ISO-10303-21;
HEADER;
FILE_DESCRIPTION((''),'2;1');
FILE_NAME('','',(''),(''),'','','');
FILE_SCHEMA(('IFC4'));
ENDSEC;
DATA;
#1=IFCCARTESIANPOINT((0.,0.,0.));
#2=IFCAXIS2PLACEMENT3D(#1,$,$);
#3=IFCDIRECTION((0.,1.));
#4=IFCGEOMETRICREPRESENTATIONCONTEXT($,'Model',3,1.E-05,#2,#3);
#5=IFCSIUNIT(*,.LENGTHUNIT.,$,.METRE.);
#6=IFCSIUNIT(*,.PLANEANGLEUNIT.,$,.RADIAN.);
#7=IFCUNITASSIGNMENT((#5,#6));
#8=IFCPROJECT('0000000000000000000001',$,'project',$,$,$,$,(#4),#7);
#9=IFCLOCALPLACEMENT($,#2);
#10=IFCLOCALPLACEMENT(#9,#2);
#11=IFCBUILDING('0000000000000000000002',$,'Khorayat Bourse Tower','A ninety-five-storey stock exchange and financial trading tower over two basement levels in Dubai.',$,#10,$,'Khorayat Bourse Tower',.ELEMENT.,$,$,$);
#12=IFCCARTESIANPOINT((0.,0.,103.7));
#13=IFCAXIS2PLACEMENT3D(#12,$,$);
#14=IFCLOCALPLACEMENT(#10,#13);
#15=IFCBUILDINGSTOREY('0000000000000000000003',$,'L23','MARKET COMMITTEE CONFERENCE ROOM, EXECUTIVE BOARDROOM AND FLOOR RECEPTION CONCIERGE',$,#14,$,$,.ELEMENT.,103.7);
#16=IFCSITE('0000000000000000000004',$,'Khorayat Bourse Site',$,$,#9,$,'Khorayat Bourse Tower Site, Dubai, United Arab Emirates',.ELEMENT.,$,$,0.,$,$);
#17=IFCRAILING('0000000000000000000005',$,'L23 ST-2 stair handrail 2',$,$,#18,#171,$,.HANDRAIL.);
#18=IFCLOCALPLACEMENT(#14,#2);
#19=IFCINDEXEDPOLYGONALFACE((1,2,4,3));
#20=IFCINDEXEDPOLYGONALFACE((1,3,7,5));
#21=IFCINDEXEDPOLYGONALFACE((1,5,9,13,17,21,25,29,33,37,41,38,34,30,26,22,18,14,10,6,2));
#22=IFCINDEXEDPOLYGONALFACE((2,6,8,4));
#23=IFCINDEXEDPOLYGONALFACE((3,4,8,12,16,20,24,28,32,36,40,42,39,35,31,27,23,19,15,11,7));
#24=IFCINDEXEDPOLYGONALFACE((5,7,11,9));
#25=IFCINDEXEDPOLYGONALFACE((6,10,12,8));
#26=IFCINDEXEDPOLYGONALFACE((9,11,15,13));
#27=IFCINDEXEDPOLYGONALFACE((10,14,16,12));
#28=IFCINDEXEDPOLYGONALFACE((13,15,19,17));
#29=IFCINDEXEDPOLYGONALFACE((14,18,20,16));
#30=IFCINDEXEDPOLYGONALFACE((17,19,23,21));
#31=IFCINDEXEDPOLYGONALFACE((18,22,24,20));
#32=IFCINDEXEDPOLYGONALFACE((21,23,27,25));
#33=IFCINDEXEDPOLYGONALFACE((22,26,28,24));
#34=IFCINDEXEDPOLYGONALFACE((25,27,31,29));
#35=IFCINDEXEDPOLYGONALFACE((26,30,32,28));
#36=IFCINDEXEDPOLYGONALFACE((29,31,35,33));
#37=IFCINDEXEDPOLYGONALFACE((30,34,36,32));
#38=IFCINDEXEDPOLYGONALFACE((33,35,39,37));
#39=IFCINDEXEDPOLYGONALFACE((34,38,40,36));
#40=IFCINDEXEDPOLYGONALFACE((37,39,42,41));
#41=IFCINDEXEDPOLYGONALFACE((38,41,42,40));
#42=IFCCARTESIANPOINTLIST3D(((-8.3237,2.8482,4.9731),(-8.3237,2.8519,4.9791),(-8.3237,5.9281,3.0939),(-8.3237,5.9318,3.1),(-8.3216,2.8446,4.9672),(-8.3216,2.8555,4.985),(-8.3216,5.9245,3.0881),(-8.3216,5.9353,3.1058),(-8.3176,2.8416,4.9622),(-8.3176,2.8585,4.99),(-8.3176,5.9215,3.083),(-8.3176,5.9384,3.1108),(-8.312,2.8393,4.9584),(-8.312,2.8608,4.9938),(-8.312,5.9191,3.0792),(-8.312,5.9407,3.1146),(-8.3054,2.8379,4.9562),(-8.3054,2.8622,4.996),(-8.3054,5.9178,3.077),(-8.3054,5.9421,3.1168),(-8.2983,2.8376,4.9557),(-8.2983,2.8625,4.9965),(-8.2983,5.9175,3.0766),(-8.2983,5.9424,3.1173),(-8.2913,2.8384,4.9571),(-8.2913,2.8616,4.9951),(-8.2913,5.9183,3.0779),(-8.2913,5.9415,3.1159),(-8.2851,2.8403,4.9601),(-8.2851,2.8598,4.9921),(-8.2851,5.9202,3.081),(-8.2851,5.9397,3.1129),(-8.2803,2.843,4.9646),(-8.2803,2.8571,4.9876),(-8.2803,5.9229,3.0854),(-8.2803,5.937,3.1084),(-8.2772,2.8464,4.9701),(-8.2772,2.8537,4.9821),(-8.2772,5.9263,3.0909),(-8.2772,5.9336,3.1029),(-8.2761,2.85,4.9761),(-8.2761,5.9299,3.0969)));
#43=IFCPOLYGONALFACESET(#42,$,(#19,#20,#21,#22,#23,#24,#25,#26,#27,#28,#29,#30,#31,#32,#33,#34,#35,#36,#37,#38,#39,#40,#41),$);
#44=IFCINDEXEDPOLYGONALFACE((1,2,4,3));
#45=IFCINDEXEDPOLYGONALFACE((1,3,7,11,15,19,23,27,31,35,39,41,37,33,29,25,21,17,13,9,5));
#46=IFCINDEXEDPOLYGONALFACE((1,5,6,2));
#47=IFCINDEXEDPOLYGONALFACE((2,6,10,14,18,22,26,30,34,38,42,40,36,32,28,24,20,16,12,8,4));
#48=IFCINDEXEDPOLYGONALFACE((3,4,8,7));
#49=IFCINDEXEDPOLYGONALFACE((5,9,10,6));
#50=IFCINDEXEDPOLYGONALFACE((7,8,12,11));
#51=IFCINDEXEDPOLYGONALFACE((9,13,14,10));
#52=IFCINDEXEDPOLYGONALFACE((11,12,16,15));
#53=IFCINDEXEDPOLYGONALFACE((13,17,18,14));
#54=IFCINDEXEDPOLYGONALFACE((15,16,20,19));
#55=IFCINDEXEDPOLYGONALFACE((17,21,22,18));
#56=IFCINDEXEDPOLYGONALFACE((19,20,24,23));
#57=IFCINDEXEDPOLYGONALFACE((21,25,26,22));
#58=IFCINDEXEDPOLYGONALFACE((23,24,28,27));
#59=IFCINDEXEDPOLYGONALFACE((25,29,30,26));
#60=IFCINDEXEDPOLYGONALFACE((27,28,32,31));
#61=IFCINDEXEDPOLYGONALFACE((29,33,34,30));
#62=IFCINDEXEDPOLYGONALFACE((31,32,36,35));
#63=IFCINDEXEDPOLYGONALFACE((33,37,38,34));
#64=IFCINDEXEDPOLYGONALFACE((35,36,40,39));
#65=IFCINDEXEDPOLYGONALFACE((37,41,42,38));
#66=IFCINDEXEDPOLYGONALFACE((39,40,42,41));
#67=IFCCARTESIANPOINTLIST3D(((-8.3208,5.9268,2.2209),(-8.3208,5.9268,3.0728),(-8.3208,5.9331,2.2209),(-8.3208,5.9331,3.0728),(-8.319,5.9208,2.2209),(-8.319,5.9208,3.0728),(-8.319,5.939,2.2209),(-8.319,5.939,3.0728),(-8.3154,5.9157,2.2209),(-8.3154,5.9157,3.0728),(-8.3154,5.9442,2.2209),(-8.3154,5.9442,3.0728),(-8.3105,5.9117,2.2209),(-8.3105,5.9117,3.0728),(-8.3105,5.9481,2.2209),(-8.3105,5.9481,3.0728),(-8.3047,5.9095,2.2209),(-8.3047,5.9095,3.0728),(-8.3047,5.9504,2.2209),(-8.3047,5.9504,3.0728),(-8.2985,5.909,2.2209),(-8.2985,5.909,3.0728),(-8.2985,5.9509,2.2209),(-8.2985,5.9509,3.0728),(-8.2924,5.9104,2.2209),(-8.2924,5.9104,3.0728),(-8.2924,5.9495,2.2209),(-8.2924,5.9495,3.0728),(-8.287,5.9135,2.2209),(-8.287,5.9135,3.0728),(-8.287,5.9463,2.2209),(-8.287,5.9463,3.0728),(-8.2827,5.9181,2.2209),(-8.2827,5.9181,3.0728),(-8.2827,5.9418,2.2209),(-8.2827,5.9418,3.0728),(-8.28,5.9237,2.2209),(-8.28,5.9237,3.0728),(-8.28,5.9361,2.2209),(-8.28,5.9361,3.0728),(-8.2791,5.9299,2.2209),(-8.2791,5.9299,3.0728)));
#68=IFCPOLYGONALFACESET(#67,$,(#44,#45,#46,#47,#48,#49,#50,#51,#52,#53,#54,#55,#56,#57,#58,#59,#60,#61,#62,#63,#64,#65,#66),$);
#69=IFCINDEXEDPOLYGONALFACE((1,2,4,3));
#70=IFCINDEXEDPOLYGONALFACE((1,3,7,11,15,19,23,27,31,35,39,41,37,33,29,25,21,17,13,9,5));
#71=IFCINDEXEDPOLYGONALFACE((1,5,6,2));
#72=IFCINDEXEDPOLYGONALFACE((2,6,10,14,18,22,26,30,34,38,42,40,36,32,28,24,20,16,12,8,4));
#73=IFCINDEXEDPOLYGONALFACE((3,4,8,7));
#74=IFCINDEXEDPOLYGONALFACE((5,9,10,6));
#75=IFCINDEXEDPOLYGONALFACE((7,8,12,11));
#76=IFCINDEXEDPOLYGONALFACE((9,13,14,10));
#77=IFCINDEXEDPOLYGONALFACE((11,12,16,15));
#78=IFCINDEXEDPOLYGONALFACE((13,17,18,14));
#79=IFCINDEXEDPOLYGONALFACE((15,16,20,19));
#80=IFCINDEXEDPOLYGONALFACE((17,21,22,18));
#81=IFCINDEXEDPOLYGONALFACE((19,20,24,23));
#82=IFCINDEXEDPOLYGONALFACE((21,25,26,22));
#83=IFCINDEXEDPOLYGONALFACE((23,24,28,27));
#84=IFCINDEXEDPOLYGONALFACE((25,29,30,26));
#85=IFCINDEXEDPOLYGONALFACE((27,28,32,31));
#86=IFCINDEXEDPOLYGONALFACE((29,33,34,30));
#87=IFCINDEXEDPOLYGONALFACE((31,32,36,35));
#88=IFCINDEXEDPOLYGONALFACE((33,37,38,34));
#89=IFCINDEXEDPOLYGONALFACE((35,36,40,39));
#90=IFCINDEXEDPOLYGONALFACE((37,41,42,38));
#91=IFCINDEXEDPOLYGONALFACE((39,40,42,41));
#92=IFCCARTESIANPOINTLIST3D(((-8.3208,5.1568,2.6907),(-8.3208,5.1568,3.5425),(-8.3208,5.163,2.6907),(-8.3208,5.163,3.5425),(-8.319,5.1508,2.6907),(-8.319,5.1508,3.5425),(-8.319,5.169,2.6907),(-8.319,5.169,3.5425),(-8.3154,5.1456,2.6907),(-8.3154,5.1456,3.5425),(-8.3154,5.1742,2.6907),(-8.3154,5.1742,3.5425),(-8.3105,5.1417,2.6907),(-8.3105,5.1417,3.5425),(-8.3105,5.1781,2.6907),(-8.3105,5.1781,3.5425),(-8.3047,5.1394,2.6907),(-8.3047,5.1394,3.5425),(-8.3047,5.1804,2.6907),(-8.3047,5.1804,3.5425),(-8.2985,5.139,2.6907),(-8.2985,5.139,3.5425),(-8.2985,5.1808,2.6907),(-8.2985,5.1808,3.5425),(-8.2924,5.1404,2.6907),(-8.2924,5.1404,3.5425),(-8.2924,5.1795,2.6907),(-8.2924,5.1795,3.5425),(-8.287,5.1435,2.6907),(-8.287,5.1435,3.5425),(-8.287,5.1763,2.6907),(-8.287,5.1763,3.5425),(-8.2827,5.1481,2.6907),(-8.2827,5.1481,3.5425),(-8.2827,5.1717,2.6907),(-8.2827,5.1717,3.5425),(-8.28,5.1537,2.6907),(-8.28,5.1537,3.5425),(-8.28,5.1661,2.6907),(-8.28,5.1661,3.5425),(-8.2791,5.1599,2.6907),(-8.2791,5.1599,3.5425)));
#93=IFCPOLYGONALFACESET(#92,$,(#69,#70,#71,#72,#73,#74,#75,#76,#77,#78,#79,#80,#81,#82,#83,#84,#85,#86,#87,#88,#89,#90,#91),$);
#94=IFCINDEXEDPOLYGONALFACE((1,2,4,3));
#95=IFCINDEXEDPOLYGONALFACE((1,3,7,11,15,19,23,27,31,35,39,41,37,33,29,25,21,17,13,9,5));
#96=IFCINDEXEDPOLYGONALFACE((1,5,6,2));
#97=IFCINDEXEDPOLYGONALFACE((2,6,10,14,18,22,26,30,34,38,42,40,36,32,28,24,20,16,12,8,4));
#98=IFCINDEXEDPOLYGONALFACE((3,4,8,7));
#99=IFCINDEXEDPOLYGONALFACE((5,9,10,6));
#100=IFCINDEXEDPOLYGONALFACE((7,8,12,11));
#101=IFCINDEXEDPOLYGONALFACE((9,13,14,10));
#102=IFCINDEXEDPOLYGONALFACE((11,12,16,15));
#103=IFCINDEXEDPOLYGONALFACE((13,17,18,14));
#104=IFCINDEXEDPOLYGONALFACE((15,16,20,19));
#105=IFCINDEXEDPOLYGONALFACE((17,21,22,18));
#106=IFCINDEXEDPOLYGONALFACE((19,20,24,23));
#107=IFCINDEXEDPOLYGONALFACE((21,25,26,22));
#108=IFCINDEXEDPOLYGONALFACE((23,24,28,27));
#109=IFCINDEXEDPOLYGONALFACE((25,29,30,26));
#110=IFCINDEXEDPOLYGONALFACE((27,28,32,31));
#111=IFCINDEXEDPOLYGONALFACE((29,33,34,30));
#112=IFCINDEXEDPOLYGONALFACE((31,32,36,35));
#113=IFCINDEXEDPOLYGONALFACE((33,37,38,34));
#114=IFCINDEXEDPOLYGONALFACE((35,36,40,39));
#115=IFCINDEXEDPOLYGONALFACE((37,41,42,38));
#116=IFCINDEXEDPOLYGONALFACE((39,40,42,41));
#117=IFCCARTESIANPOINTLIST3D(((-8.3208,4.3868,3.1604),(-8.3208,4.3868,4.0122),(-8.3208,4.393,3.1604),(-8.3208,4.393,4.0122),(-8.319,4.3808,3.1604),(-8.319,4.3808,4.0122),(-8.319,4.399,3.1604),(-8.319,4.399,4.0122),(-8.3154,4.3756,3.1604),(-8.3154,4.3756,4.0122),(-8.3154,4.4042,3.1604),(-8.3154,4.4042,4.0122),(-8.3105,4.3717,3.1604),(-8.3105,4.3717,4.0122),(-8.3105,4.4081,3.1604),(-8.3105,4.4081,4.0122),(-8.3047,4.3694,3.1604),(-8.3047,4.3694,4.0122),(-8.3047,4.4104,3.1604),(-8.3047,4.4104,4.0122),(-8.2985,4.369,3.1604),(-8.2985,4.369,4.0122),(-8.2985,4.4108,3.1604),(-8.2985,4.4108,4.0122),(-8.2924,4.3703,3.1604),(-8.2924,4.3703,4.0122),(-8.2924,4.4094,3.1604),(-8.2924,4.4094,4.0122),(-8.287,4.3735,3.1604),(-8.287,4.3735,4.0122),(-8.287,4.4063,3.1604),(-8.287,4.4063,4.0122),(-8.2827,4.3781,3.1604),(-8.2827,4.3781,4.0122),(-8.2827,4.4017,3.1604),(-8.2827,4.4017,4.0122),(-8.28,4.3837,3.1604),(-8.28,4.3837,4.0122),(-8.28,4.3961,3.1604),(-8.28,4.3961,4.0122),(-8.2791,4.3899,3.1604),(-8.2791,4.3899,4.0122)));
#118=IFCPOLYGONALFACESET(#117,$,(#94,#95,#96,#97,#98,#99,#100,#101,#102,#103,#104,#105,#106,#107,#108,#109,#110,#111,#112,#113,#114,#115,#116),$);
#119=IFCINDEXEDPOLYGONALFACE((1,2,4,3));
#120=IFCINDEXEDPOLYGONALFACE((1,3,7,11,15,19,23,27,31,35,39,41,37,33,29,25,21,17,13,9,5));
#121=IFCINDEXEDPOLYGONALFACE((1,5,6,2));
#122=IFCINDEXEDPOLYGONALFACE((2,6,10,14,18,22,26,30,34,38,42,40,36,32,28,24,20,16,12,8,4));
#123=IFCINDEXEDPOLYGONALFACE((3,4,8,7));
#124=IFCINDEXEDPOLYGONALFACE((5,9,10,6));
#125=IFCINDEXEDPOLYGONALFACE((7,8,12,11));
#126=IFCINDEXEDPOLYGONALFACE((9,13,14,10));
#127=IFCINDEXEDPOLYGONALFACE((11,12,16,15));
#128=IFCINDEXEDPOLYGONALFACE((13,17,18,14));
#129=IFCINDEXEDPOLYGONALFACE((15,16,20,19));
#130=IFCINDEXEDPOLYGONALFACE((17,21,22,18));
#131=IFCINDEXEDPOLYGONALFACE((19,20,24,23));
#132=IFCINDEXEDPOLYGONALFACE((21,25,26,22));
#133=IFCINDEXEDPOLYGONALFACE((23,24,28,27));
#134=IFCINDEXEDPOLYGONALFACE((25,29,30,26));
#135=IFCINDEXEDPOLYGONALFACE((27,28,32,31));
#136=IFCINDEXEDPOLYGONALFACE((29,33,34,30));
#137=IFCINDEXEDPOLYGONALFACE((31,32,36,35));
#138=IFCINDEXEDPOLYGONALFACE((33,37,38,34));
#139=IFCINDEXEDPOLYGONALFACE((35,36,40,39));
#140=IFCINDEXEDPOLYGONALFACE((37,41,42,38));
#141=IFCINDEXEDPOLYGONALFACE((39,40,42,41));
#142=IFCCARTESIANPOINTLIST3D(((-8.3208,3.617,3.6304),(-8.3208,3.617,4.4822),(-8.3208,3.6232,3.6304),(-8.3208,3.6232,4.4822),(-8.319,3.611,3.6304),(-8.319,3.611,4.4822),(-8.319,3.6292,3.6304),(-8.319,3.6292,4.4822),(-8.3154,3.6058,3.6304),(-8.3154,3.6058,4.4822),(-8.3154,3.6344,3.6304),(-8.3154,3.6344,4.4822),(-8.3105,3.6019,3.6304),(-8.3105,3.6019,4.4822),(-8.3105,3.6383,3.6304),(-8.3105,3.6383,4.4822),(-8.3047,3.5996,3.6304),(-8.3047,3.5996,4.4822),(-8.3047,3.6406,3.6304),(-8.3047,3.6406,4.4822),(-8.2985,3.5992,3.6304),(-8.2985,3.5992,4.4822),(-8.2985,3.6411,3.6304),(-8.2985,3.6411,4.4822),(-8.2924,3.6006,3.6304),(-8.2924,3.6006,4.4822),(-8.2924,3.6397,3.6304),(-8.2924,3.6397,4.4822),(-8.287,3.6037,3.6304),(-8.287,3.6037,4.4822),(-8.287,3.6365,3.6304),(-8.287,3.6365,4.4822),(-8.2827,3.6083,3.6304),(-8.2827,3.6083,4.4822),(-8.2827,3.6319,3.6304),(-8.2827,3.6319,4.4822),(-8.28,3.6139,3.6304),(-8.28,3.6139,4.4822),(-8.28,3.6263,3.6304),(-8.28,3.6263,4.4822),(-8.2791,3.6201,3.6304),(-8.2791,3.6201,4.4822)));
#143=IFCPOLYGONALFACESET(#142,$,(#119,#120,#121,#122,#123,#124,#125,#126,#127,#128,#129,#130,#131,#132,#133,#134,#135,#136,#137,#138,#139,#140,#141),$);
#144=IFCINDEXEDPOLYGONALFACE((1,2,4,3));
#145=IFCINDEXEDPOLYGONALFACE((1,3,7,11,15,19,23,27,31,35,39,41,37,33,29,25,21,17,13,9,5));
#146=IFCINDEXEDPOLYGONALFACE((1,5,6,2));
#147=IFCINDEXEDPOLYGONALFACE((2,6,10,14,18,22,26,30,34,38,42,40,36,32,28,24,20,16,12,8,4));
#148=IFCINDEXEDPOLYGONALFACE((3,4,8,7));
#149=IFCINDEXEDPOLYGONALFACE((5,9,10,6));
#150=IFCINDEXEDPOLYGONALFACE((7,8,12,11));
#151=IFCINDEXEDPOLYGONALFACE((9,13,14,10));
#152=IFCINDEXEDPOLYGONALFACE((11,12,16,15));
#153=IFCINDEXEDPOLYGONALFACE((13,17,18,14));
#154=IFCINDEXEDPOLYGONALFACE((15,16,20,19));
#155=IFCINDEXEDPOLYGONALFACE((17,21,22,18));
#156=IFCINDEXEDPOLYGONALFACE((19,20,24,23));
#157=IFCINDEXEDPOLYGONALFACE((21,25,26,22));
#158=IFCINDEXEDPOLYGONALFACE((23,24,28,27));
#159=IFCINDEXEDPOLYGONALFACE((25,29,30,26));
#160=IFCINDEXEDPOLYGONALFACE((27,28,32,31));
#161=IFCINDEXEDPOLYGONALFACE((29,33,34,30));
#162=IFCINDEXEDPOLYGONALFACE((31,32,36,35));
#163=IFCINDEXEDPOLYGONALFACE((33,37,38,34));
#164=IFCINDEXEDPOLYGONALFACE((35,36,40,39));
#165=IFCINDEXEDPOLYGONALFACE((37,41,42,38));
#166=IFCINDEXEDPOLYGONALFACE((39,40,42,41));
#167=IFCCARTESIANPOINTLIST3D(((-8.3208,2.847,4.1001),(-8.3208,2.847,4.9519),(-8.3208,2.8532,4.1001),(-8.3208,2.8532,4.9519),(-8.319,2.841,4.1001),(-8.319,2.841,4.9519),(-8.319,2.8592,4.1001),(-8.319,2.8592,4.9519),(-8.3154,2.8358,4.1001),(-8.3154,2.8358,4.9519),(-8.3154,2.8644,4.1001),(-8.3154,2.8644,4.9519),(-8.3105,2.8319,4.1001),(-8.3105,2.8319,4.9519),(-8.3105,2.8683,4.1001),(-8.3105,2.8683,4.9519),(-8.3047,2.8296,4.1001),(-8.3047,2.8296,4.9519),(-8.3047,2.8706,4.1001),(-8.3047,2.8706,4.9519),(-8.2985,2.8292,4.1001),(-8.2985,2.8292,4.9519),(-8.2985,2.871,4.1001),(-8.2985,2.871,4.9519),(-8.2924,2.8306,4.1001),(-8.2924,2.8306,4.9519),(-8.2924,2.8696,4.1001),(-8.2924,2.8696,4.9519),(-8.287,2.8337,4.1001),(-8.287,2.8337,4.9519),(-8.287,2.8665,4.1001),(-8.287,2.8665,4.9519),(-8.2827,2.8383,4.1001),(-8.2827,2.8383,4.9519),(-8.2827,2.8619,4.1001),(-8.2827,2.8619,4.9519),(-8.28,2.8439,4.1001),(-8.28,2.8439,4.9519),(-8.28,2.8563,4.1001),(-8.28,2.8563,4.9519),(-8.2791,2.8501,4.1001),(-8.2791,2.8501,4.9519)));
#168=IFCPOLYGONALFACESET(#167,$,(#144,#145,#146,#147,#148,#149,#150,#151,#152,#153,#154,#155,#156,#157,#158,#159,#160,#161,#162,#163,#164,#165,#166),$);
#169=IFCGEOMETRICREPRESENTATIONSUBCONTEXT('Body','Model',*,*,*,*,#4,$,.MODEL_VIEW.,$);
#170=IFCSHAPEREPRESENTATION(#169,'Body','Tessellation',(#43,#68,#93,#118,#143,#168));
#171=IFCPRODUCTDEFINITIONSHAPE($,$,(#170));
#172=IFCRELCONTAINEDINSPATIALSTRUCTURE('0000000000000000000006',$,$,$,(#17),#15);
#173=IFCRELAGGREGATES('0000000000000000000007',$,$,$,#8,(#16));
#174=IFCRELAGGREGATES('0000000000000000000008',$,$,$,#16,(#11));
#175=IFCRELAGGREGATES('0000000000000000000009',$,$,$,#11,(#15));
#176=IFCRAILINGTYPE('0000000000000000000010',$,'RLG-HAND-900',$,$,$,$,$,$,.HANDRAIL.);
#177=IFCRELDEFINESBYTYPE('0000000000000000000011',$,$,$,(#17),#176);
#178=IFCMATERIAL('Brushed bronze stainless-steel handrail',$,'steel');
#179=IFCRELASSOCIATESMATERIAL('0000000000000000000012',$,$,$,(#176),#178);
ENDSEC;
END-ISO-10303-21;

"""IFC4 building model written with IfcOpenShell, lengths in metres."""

from ifc_helpers import new_model, si_unit, direction, frame, origin, origin_2d, place, context, subcontext, project, spatial, circle, extrude, source, transform, mapped, material, type_object, element, save


model = new_model("IFC4")

# Units and contexts
model_context = context("Model", 3, precision=1e-05, world=origin(), true_north=direction((0.0, 1.0)))
body_context = subcontext(model_context, "Body", "Model", "MODEL_VIEW")
ifc_project = project(units=[si_unit("LENGTHUNIT", "METRE"), si_unit("PLANEANGLEUNIT", "RADIAN")], contexts=[model_context])

# Site, building, storey
site_placement = place(None, origin())
site = spatial("IfcSite", under=ifc_project, at=site_placement, Name="Khorayat Bourse Site", LongName="Khorayat Bourse Tower Site, Dubai, United Arab Emirates", CompositionType="ELEMENT", RefElevation=0.0)
building_placement = place(site_placement, origin())
building = spatial("IfcBuilding", under=site, at=building_placement, Name="Khorayat Bourse Tower", Description="A ninety-five-storey stock exchange and financial trading tower over two basement levels in Dubai.", LongName="Khorayat Bourse Tower", CompositionType="ELEMENT")
storey_placement = place(building_placement, frame((0.0, 0.0, 103.7)))
storey = spatial("IfcBuildingStorey", under=building, at=storey_placement, Name="L23", Description="MARKET COMMITTEE CONFERENCE ROOM, EXECUTIVE BOARDROOM AND FLOOR RECEPTION CONCIERGE", CompositionType="ELEMENT", Elevation=103.7)

# Railing
ifc_material_1 = material(Name="Brushed bronze stainless-steel handrail", Category="steel")
railing_type_1 = type_object("IfcRailingType", Name="RLG-HAND-900", PredefinedType="HANDRAIL", material=ifc_material_1)
shared_shape_1 = source(origin(), body_context, "Body", "SweptSolid", [
    extrude(circle(Radius=0.0239, at=origin_2d()), frame((0.0, 0.0, 0.876), z_axis=(0.0, -0.853648, 0.52085), x_axis=(1.0, 0.0, 0.0)), (0.0, 0.0, 1.0), 3.6079),
    extrude(circle(Radius=0.021, at=origin_2d()), origin(), (0.0, 0.0, 1.0), 0.8518),
    extrude(circle(Radius=0.021, at=origin_2d()), frame((0.0, -0.77, 0.4697)), (0.0, 0.0, 1.0), 0.8518),
    extrude(circle(Radius=0.021, at=origin_2d()), frame((0.0, -1.54, 0.9395)), (0.0, 0.0, 1.0), 0.8518),
    extrude(circle(Radius=0.021, at=origin_2d()), frame((0.0, -2.3098, 1.4094)), (0.0, 0.0, 1.0), 0.8518),
    extrude(circle(Radius=0.021, at=origin_2d()), frame((0.0, -3.0798, 1.8792)), (0.0, 0.0, 1.0), 0.8518),
])
railing_1_placement = place(storey_placement, frame((-8.3, 5.9299, 2.2209)))
element("IfcRailing", 1, at=railing_1_placement, inside=storey, type_object=railing_type_1, Name="L23 ST-2 stair handrail 2", PredefinedType="HANDRAIL", context=body_context, shape_type="MappedRepresentation", body=[
    mapped(shared_shape_1, transform((0.0, 0.0, 0.0), scale=1.0)),
])

save(model, "model.ifc")
